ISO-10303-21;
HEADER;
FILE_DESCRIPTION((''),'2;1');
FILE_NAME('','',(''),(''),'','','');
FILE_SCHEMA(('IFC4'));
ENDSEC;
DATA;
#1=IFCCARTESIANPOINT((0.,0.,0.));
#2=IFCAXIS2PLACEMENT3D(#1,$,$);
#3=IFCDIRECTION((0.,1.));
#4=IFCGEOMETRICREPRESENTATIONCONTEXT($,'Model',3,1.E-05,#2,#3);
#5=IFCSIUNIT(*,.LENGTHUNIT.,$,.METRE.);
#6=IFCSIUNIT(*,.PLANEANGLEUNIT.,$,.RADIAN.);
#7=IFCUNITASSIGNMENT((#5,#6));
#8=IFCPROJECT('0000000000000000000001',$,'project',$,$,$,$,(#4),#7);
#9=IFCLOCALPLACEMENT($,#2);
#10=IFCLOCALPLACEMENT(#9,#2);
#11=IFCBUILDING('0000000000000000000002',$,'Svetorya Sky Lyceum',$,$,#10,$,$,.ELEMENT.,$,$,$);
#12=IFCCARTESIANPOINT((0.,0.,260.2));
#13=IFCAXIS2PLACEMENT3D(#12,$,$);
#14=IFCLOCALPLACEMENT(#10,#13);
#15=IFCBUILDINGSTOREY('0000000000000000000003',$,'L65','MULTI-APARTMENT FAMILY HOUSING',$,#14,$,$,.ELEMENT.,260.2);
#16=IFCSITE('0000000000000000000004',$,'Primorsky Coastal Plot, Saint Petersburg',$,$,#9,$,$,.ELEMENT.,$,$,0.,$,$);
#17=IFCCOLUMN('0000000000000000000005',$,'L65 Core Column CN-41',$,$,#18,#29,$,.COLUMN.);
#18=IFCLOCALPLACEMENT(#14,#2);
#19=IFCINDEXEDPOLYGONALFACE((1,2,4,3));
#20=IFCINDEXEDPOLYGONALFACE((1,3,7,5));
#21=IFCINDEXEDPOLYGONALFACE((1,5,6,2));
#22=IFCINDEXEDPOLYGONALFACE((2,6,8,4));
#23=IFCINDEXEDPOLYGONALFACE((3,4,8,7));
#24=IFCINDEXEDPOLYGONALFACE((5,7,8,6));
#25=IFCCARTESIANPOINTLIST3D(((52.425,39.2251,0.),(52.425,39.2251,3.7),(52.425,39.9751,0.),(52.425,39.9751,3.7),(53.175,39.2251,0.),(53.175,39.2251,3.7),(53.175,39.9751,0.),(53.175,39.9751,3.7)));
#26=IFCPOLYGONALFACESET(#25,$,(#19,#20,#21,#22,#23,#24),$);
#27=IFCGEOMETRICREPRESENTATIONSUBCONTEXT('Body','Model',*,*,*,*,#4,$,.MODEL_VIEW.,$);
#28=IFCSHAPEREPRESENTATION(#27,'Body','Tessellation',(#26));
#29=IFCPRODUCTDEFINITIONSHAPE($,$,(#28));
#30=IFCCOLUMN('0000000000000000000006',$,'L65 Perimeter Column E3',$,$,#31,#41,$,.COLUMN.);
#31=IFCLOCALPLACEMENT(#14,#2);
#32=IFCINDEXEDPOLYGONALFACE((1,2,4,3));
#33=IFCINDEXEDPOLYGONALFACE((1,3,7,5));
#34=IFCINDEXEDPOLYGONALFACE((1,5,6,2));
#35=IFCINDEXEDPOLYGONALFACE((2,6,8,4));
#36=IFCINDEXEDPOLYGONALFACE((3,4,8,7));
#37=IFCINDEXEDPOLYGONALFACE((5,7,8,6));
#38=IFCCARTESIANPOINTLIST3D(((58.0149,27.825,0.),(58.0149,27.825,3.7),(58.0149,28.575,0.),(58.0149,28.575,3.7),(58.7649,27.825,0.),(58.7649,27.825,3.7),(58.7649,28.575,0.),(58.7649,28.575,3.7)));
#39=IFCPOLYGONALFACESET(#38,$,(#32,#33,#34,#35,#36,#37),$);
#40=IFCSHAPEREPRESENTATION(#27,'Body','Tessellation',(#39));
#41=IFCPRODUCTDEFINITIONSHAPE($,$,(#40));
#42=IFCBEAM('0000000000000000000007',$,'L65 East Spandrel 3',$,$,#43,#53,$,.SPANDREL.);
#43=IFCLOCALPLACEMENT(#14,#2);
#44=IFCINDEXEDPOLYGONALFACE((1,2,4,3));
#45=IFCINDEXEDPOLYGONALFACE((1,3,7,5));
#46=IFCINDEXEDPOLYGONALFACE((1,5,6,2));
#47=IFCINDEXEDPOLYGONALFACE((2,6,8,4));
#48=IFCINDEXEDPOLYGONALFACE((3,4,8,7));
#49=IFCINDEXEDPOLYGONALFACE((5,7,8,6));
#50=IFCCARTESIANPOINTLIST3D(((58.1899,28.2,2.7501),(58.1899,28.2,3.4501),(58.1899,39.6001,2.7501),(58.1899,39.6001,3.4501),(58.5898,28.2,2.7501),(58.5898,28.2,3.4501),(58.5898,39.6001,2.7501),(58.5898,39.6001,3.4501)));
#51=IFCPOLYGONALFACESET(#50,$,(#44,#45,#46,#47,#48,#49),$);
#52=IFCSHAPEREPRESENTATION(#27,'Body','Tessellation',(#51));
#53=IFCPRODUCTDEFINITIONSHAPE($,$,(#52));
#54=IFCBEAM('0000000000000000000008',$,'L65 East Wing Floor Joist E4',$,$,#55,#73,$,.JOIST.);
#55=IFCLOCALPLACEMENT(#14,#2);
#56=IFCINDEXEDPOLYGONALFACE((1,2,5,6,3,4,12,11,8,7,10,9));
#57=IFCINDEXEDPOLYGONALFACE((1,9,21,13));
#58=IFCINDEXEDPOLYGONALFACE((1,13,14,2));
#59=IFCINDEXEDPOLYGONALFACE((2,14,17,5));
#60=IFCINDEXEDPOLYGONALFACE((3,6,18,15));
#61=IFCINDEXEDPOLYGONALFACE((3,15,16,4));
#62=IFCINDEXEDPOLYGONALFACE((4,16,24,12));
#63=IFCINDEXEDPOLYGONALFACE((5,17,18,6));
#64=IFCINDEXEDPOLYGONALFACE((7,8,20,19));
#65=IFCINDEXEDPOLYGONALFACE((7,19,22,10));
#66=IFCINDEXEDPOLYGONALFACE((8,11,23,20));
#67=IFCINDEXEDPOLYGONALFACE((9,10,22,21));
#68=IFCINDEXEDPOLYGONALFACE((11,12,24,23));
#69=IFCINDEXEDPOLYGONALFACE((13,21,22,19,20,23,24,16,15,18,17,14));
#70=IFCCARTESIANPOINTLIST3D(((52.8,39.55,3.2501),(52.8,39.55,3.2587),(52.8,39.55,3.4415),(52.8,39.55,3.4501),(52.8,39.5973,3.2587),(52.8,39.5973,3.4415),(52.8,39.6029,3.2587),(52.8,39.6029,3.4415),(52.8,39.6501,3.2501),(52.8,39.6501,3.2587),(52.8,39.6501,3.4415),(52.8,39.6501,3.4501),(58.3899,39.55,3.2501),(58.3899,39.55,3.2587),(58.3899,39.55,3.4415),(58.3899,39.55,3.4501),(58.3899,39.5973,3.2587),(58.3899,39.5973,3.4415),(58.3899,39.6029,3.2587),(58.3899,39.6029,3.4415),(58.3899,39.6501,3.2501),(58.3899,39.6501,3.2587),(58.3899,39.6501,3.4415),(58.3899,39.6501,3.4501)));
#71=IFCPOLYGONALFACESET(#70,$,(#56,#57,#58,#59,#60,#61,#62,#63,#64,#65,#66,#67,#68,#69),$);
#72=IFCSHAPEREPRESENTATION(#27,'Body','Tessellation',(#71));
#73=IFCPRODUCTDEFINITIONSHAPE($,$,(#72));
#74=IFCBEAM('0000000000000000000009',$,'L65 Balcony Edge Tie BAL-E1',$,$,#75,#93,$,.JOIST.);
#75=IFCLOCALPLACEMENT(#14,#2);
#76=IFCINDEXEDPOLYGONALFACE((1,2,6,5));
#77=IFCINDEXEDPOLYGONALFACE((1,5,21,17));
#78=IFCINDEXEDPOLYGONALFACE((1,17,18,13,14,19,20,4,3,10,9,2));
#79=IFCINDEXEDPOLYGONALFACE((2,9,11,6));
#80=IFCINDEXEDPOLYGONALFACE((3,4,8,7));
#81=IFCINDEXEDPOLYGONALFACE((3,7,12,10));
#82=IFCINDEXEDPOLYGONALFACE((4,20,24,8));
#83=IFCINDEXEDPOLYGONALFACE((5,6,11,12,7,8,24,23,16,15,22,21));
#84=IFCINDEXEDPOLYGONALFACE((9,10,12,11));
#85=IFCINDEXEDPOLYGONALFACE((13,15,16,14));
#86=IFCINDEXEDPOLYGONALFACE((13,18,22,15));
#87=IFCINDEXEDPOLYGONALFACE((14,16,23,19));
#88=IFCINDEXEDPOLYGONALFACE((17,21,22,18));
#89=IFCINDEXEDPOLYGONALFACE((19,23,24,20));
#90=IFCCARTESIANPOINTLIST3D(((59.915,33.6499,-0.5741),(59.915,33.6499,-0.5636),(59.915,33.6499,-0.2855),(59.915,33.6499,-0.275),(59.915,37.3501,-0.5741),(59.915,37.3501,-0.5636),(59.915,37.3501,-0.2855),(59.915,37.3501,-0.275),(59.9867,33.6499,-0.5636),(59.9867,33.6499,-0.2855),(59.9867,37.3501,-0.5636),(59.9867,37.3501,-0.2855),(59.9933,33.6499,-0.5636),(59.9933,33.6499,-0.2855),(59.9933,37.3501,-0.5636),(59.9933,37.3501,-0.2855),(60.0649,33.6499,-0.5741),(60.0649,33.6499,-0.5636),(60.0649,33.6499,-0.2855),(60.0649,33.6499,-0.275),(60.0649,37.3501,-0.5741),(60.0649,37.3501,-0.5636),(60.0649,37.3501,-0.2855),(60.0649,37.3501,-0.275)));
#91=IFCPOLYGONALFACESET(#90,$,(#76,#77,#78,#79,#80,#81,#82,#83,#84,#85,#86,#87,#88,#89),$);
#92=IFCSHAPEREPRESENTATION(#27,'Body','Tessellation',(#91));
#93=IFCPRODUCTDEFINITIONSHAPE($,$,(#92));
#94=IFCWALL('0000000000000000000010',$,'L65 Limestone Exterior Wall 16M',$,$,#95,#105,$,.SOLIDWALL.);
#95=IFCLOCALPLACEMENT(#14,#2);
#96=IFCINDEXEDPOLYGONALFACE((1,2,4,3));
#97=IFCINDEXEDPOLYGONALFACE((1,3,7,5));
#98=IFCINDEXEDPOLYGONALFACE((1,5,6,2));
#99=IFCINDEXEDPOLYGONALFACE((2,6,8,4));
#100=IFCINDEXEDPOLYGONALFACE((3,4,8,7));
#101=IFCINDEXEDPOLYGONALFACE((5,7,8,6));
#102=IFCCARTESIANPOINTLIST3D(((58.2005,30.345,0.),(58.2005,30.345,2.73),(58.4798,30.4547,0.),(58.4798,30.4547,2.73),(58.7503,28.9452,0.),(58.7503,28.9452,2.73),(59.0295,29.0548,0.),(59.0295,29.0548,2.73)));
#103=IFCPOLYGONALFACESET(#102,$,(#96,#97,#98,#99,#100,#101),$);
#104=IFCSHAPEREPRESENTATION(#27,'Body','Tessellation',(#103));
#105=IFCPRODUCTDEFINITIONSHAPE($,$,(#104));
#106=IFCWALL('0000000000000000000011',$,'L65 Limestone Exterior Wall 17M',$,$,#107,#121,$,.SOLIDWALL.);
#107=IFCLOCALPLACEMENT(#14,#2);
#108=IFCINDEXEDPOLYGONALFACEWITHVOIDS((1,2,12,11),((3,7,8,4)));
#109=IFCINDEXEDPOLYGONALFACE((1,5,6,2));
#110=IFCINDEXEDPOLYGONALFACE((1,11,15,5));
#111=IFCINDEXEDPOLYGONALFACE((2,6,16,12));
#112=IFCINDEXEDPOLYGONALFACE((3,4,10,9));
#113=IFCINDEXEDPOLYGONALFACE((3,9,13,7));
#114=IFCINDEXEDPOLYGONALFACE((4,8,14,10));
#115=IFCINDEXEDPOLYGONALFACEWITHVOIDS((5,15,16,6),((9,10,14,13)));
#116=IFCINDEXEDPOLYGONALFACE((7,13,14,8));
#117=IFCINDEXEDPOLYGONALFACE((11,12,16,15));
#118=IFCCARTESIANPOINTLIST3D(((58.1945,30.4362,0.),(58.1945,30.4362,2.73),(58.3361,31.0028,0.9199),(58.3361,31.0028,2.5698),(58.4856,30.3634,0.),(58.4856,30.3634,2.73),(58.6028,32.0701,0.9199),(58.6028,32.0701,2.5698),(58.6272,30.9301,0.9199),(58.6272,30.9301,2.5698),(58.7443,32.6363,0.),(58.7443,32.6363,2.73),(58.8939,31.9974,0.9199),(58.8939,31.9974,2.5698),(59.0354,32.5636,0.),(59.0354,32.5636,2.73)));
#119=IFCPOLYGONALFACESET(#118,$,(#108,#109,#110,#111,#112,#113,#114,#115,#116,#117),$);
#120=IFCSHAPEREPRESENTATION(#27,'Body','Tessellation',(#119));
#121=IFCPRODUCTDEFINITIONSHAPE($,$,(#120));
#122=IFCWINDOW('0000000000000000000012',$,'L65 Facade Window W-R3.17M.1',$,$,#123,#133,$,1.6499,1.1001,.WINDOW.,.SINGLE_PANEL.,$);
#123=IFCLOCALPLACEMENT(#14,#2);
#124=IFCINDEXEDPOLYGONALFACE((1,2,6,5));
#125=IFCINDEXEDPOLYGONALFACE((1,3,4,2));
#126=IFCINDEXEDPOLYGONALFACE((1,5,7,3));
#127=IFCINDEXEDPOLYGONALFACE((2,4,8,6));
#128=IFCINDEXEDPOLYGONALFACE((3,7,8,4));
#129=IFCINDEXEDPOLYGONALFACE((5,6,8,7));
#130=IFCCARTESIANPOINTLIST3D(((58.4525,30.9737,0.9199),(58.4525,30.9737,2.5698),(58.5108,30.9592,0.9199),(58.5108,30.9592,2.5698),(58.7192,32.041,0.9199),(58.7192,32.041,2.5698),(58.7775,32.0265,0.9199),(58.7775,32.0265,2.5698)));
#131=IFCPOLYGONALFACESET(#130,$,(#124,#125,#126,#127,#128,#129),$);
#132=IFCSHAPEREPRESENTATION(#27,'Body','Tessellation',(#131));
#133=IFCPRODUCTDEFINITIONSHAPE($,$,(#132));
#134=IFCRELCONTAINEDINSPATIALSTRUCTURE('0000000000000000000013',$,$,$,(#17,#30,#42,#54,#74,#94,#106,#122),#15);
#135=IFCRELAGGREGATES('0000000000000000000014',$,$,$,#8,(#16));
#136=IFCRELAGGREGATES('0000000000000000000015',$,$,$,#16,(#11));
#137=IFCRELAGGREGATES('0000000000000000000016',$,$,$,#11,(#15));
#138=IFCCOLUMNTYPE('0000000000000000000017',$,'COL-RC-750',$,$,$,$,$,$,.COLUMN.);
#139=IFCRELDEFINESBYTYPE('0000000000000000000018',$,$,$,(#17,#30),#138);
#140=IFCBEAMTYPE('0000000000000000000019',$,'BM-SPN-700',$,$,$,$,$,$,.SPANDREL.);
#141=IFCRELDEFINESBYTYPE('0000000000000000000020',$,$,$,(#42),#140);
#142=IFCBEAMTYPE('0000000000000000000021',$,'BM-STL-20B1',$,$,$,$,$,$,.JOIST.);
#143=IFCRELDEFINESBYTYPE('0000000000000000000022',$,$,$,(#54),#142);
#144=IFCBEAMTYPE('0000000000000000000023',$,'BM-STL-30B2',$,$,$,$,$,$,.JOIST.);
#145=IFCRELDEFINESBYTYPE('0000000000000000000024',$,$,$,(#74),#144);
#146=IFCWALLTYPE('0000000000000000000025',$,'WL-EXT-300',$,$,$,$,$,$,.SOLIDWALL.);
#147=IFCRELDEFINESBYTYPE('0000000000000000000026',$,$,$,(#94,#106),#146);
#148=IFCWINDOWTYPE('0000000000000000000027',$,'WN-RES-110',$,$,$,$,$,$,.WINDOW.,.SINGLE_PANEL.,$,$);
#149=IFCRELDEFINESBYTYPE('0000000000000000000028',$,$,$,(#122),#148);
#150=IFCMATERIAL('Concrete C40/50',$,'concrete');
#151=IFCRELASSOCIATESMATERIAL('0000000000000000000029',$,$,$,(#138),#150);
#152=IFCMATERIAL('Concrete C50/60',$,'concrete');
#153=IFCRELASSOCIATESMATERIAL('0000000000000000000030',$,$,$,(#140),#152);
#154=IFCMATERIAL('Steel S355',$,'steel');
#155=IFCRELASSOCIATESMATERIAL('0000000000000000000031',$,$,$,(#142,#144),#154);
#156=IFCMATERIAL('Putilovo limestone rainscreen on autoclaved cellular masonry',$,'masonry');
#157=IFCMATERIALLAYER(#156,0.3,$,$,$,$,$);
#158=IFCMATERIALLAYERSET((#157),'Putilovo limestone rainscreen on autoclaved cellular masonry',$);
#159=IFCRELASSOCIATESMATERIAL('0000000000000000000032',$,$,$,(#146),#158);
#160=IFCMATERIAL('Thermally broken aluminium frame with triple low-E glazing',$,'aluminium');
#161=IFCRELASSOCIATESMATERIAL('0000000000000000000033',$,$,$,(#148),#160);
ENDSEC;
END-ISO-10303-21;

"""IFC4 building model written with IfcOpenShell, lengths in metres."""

from ifc_helpers import new_model, si_unit, direction, frame, frame_2d, origin, origin_2d, place, context, subcontext, project, spatial, rectangle, i_section, extrude, material, layer, layer_set, material_profile, profile_set, type_object, element, fill, save


model = new_model("IFC4")

# Units and contexts
model_context = context("Model", 3, precision=1e-05, world=origin(), true_north=direction((0.0, 1.0)))
body_context = subcontext(model_context, "Body", "Model", "MODEL_VIEW")
ifc_project = project(units=[si_unit("LENGTHUNIT", "METRE"), si_unit("PLANEANGLEUNIT", "RADIAN")], contexts=[model_context])

# Site, building, storey
site_placement = place(None, origin())
site = spatial("IfcSite", under=ifc_project, at=site_placement, Name="Primorsky Coastal Plot, Saint Petersburg", CompositionType="ELEMENT", RefElevation=0.0)
building_placement = place(site_placement, origin())
building = spatial("IfcBuilding", under=site, at=building_placement, Name="Svetorya Sky Lyceum", CompositionType="ELEMENT")
storey_placement = place(building_placement, frame((0.0, 0.0, 260.2)))
storey = spatial("IfcBuildingStorey", under=building, at=storey_placement, Name="L65", Description="MULTI-APARTMENT FAMILY HOUSING", CompositionType="ELEMENT", Elevation=260.2)

# Columns
ifc_material_1 = material(Name="Concrete C40/50", Category="concrete")
ifc_material_profile_1 = material_profile(ifc_material_1, rectangle(XDim=0.75, YDim=0.75, at=origin_2d()), Name="RC COL 750x750")
ifc_profile_set_1 = profile_set([ifc_material_profile_1], Name="Concrete C40/50")
column_type = type_object("IfcColumnType", Name="COL-RC-750", PredefinedType="COLUMN", material=ifc_profile_set_1)
for number, where, z_axis, x_axis, name in (
    (1, (52.8, 39.6001, 0.0), (0.0, 0.0, 1.0), (1.0, 0.0, 0.0), "L65 Core Column CN-41"),
    (2, (58.3899, 28.2, 0.0), (0.0, 0.0, 1.0), (1.0, 0.0, 0.0), "L65 Perimeter Column E3"),
):
    element("IfcColumn", number, at=place(storey_placement, frame(where, z_axis=z_axis, x_axis=x_axis)), inside=storey, type_object=column_type, Name=name, PredefinedType="COLUMN", context=body_context, shape_type="SweptSolid", body=[
        extrude(rectangle(XDim=0.75, YDim=0.75, at=origin_2d()), origin(), (0.0, 0.0, 1.0), 3.7),
    ])

# Beams
ifc_material_2 = material(Name="Concrete C50/60", Category="concrete")
ifc_material_profile_2 = material_profile(ifc_material_2, rectangle(XDim=0.3999, YDim=0.7, at=origin_2d()), Name="RC SPANDREL 400x700")
ifc_profile_set_2 = profile_set([ifc_material_profile_2], Name="Concrete C50/60")
beam_type_1 = type_object("IfcBeamType", Name="BM-SPN-700", PredefinedType="SPANDREL", material=ifc_profile_set_2)
beam_1_placement = place(storey_placement, frame((58.3899, 28.2, 3.1001), z_axis=(0.0, 1.0, 0.0), x_axis=(-1.0, 0.0, 0.0)))
element("IfcBeam", 3, at=beam_1_placement, inside=storey, type_object=beam_type_1, Name="L65 East Spandrel 3", PredefinedType="SPANDREL", context=body_context, shape_type="SweptSolid", body=[
    extrude(rectangle(XDim=0.3999, YDim=0.7, at=origin_2d()), origin(), (0.0, 0.0, 1.0), 11.4001),
])
ifc_material_3 = material(Name="Steel S355", Category="steel")
ifc_material_profile_3 = material_profile(ifc_material_3, i_section(OverallWidth=0.1001, OverallDepth=0.2, WebThickness=0.0056, FlangeThickness=0.0085, at=origin_2d()), Name="GOST 20B1")
ifc_profile_set_3 = profile_set([ifc_material_profile_3], Name="Steel S355")
beam_type_2 = type_object("IfcBeamType", Name="BM-STL-20B1", PredefinedType="JOIST", material=ifc_profile_set_3)
beam_2_placement = place(storey_placement, frame((52.8, 39.6001, 3.3501), z_axis=(1.0, 0.0, 0.0), x_axis=(0.0, 1.0, 0.0)))
element("IfcBeam", 4, at=beam_2_placement, inside=storey, type_object=beam_type_2, Name="L65 East Wing Floor Joist E4", PredefinedType="JOIST", context=body_context, shape_type="SweptSolid", body=[
    extrude(i_section(OverallWidth=0.1001, OverallDepth=0.2, WebThickness=0.0056, FlangeThickness=0.0085, at=origin_2d()), origin(), (0.0, 0.0, 1.0), 5.5898),
])
ifc_material_profile_4 = material_profile(ifc_material_3, i_section(OverallWidth=0.1499, OverallDepth=0.2991, WebThickness=0.0066, FlangeThickness=0.0105, at=origin_2d()), Name="GOST 30B2")
ifc_profile_set_4 = profile_set([ifc_material_profile_4], Name="Steel S355")
beam_type_3 = type_object("IfcBeamType", Name="BM-STL-30B2", PredefinedType="JOIST", material=ifc_profile_set_4)
beam_3_placement = place(storey_placement, frame((59.99, 33.6499, -0.4246), z_axis=(0.0, 1.0, 0.0), x_axis=(-1.0, 0.0, 0.0)))
element("IfcBeam", 5, at=beam_3_placement, inside=storey, type_object=beam_type_3, Name="L65 Balcony Edge Tie BAL-E1", PredefinedType="JOIST", context=body_context, shape_type="SweptSolid", body=[
    extrude(i_section(OverallWidth=0.1499, OverallDepth=0.2991, WebThickness=0.0066, FlangeThickness=0.0105, at=origin_2d()), origin(), (0.0, 0.0, 1.0), 3.7002),
])

# Wall
ifc_material_4 = material(Name="Putilovo limestone rainscreen on autoclaved cellular masonry", Category="masonry")
ifc_layer_1 = layer(ifc_material_4, 0.3)
ifc_layer_set_1 = layer_set([ifc_layer_1], Name="Putilovo limestone rainscreen on autoclaved cellular masonry")
wall_type_1 = type_object("IfcWallType", Name="WL-EXT-300", PredefinedType="SOLIDWALL", material=ifc_layer_set_1)
wall_1_placement = place(storey_placement, frame((58.8899, 29.0, 0.0), z_axis=(0.0, 0.0, 1.0), x_axis=(-0.365562, 0.930787, 0.0)))
element("IfcWall", 6, at=wall_1_placement, inside=storey, type_object=wall_type_1, Name="L65 Limestone Exterior Wall 16M", PredefinedType="SOLIDWALL", context=body_context, shape_type="SweptSolid", body=[
    extrude(rectangle(XDim=1.5039, YDim=0.3, at=frame_2d((0.752, 0.0))), origin(), (0.0, 0.0, 1.0), 2.73),
])

# Wall, opening, window
wall_2_placement = place(storey_placement, frame((58.3401, 30.3999, 0.0), z_axis=(0.0, 0.0, 1.0), x_axis=(0.242434, 0.970168, 0.0)))
wall_2 = element("IfcWall", 7, at=wall_2_placement, inside=storey, type_object=wall_type_1, Name="L65 Limestone Exterior Wall 17M", PredefinedType="SOLIDWALL", context=body_context, shape_type="SweptSolid", body=[
    extrude(rectangle(XDim=2.2678, YDim=0.3, at=frame_2d((1.1338, 0.0))), origin(), (0.0, 0.0, 1.0), 2.73),
])
opening_1_placement = place(wall_2_placement, frame((0.584, 0.0, 0.9199)))
opening_1 = element("IfcOpeningElement", 8, at=opening_1_placement, cuts=wall_2, PredefinedType="OPENING", context=body_context, shape_type="SweptSolid", body=[
    extrude(rectangle(XDim=1.1001, YDim=1.6499, at=frame_2d((0.55, 0.825))), frame((0.0, 0.1599, 0.0), z_axis=(0.0, -1.0, 0.0), x_axis=(1.0, 0.0, 0.0)), (0.0, 0.0, 1.0), 0.3201),
])
ifc_material_5 = material(Name="Thermally broken aluminium frame with triple low-E glazing", Category="aluminium")
window_type_1 = type_object("IfcWindowType", Name="WN-RES-110", PartitioningType="SINGLE_PANEL", PredefinedType="WINDOW", material=ifc_material_5)
window_1_placement = place(opening_1_placement, origin())
window_1 = element("IfcWindow", 9, at=window_1_placement, inside=storey, type_object=window_type_1, Name="L65 Facade Window W-R3.17M.1", OverallHeight=1.6499, OverallWidth=1.1001, PartitioningType="SINGLE_PANEL", PredefinedType="WINDOW", context=body_context, shape_type="SweptSolid", body=[
    extrude(rectangle(XDim=1.1001, YDim=1.6499, at=frame_2d((0.55, 0.825))), frame((0.0, 0.03, 0.0), z_axis=(0.0, -1.0, 0.0), x_axis=(1.0, 0.0, 0.0)), (0.0, 0.0, 1.0), 0.0601),
])
fill(opening_1, window_1)

save(model, "model.ifc")
